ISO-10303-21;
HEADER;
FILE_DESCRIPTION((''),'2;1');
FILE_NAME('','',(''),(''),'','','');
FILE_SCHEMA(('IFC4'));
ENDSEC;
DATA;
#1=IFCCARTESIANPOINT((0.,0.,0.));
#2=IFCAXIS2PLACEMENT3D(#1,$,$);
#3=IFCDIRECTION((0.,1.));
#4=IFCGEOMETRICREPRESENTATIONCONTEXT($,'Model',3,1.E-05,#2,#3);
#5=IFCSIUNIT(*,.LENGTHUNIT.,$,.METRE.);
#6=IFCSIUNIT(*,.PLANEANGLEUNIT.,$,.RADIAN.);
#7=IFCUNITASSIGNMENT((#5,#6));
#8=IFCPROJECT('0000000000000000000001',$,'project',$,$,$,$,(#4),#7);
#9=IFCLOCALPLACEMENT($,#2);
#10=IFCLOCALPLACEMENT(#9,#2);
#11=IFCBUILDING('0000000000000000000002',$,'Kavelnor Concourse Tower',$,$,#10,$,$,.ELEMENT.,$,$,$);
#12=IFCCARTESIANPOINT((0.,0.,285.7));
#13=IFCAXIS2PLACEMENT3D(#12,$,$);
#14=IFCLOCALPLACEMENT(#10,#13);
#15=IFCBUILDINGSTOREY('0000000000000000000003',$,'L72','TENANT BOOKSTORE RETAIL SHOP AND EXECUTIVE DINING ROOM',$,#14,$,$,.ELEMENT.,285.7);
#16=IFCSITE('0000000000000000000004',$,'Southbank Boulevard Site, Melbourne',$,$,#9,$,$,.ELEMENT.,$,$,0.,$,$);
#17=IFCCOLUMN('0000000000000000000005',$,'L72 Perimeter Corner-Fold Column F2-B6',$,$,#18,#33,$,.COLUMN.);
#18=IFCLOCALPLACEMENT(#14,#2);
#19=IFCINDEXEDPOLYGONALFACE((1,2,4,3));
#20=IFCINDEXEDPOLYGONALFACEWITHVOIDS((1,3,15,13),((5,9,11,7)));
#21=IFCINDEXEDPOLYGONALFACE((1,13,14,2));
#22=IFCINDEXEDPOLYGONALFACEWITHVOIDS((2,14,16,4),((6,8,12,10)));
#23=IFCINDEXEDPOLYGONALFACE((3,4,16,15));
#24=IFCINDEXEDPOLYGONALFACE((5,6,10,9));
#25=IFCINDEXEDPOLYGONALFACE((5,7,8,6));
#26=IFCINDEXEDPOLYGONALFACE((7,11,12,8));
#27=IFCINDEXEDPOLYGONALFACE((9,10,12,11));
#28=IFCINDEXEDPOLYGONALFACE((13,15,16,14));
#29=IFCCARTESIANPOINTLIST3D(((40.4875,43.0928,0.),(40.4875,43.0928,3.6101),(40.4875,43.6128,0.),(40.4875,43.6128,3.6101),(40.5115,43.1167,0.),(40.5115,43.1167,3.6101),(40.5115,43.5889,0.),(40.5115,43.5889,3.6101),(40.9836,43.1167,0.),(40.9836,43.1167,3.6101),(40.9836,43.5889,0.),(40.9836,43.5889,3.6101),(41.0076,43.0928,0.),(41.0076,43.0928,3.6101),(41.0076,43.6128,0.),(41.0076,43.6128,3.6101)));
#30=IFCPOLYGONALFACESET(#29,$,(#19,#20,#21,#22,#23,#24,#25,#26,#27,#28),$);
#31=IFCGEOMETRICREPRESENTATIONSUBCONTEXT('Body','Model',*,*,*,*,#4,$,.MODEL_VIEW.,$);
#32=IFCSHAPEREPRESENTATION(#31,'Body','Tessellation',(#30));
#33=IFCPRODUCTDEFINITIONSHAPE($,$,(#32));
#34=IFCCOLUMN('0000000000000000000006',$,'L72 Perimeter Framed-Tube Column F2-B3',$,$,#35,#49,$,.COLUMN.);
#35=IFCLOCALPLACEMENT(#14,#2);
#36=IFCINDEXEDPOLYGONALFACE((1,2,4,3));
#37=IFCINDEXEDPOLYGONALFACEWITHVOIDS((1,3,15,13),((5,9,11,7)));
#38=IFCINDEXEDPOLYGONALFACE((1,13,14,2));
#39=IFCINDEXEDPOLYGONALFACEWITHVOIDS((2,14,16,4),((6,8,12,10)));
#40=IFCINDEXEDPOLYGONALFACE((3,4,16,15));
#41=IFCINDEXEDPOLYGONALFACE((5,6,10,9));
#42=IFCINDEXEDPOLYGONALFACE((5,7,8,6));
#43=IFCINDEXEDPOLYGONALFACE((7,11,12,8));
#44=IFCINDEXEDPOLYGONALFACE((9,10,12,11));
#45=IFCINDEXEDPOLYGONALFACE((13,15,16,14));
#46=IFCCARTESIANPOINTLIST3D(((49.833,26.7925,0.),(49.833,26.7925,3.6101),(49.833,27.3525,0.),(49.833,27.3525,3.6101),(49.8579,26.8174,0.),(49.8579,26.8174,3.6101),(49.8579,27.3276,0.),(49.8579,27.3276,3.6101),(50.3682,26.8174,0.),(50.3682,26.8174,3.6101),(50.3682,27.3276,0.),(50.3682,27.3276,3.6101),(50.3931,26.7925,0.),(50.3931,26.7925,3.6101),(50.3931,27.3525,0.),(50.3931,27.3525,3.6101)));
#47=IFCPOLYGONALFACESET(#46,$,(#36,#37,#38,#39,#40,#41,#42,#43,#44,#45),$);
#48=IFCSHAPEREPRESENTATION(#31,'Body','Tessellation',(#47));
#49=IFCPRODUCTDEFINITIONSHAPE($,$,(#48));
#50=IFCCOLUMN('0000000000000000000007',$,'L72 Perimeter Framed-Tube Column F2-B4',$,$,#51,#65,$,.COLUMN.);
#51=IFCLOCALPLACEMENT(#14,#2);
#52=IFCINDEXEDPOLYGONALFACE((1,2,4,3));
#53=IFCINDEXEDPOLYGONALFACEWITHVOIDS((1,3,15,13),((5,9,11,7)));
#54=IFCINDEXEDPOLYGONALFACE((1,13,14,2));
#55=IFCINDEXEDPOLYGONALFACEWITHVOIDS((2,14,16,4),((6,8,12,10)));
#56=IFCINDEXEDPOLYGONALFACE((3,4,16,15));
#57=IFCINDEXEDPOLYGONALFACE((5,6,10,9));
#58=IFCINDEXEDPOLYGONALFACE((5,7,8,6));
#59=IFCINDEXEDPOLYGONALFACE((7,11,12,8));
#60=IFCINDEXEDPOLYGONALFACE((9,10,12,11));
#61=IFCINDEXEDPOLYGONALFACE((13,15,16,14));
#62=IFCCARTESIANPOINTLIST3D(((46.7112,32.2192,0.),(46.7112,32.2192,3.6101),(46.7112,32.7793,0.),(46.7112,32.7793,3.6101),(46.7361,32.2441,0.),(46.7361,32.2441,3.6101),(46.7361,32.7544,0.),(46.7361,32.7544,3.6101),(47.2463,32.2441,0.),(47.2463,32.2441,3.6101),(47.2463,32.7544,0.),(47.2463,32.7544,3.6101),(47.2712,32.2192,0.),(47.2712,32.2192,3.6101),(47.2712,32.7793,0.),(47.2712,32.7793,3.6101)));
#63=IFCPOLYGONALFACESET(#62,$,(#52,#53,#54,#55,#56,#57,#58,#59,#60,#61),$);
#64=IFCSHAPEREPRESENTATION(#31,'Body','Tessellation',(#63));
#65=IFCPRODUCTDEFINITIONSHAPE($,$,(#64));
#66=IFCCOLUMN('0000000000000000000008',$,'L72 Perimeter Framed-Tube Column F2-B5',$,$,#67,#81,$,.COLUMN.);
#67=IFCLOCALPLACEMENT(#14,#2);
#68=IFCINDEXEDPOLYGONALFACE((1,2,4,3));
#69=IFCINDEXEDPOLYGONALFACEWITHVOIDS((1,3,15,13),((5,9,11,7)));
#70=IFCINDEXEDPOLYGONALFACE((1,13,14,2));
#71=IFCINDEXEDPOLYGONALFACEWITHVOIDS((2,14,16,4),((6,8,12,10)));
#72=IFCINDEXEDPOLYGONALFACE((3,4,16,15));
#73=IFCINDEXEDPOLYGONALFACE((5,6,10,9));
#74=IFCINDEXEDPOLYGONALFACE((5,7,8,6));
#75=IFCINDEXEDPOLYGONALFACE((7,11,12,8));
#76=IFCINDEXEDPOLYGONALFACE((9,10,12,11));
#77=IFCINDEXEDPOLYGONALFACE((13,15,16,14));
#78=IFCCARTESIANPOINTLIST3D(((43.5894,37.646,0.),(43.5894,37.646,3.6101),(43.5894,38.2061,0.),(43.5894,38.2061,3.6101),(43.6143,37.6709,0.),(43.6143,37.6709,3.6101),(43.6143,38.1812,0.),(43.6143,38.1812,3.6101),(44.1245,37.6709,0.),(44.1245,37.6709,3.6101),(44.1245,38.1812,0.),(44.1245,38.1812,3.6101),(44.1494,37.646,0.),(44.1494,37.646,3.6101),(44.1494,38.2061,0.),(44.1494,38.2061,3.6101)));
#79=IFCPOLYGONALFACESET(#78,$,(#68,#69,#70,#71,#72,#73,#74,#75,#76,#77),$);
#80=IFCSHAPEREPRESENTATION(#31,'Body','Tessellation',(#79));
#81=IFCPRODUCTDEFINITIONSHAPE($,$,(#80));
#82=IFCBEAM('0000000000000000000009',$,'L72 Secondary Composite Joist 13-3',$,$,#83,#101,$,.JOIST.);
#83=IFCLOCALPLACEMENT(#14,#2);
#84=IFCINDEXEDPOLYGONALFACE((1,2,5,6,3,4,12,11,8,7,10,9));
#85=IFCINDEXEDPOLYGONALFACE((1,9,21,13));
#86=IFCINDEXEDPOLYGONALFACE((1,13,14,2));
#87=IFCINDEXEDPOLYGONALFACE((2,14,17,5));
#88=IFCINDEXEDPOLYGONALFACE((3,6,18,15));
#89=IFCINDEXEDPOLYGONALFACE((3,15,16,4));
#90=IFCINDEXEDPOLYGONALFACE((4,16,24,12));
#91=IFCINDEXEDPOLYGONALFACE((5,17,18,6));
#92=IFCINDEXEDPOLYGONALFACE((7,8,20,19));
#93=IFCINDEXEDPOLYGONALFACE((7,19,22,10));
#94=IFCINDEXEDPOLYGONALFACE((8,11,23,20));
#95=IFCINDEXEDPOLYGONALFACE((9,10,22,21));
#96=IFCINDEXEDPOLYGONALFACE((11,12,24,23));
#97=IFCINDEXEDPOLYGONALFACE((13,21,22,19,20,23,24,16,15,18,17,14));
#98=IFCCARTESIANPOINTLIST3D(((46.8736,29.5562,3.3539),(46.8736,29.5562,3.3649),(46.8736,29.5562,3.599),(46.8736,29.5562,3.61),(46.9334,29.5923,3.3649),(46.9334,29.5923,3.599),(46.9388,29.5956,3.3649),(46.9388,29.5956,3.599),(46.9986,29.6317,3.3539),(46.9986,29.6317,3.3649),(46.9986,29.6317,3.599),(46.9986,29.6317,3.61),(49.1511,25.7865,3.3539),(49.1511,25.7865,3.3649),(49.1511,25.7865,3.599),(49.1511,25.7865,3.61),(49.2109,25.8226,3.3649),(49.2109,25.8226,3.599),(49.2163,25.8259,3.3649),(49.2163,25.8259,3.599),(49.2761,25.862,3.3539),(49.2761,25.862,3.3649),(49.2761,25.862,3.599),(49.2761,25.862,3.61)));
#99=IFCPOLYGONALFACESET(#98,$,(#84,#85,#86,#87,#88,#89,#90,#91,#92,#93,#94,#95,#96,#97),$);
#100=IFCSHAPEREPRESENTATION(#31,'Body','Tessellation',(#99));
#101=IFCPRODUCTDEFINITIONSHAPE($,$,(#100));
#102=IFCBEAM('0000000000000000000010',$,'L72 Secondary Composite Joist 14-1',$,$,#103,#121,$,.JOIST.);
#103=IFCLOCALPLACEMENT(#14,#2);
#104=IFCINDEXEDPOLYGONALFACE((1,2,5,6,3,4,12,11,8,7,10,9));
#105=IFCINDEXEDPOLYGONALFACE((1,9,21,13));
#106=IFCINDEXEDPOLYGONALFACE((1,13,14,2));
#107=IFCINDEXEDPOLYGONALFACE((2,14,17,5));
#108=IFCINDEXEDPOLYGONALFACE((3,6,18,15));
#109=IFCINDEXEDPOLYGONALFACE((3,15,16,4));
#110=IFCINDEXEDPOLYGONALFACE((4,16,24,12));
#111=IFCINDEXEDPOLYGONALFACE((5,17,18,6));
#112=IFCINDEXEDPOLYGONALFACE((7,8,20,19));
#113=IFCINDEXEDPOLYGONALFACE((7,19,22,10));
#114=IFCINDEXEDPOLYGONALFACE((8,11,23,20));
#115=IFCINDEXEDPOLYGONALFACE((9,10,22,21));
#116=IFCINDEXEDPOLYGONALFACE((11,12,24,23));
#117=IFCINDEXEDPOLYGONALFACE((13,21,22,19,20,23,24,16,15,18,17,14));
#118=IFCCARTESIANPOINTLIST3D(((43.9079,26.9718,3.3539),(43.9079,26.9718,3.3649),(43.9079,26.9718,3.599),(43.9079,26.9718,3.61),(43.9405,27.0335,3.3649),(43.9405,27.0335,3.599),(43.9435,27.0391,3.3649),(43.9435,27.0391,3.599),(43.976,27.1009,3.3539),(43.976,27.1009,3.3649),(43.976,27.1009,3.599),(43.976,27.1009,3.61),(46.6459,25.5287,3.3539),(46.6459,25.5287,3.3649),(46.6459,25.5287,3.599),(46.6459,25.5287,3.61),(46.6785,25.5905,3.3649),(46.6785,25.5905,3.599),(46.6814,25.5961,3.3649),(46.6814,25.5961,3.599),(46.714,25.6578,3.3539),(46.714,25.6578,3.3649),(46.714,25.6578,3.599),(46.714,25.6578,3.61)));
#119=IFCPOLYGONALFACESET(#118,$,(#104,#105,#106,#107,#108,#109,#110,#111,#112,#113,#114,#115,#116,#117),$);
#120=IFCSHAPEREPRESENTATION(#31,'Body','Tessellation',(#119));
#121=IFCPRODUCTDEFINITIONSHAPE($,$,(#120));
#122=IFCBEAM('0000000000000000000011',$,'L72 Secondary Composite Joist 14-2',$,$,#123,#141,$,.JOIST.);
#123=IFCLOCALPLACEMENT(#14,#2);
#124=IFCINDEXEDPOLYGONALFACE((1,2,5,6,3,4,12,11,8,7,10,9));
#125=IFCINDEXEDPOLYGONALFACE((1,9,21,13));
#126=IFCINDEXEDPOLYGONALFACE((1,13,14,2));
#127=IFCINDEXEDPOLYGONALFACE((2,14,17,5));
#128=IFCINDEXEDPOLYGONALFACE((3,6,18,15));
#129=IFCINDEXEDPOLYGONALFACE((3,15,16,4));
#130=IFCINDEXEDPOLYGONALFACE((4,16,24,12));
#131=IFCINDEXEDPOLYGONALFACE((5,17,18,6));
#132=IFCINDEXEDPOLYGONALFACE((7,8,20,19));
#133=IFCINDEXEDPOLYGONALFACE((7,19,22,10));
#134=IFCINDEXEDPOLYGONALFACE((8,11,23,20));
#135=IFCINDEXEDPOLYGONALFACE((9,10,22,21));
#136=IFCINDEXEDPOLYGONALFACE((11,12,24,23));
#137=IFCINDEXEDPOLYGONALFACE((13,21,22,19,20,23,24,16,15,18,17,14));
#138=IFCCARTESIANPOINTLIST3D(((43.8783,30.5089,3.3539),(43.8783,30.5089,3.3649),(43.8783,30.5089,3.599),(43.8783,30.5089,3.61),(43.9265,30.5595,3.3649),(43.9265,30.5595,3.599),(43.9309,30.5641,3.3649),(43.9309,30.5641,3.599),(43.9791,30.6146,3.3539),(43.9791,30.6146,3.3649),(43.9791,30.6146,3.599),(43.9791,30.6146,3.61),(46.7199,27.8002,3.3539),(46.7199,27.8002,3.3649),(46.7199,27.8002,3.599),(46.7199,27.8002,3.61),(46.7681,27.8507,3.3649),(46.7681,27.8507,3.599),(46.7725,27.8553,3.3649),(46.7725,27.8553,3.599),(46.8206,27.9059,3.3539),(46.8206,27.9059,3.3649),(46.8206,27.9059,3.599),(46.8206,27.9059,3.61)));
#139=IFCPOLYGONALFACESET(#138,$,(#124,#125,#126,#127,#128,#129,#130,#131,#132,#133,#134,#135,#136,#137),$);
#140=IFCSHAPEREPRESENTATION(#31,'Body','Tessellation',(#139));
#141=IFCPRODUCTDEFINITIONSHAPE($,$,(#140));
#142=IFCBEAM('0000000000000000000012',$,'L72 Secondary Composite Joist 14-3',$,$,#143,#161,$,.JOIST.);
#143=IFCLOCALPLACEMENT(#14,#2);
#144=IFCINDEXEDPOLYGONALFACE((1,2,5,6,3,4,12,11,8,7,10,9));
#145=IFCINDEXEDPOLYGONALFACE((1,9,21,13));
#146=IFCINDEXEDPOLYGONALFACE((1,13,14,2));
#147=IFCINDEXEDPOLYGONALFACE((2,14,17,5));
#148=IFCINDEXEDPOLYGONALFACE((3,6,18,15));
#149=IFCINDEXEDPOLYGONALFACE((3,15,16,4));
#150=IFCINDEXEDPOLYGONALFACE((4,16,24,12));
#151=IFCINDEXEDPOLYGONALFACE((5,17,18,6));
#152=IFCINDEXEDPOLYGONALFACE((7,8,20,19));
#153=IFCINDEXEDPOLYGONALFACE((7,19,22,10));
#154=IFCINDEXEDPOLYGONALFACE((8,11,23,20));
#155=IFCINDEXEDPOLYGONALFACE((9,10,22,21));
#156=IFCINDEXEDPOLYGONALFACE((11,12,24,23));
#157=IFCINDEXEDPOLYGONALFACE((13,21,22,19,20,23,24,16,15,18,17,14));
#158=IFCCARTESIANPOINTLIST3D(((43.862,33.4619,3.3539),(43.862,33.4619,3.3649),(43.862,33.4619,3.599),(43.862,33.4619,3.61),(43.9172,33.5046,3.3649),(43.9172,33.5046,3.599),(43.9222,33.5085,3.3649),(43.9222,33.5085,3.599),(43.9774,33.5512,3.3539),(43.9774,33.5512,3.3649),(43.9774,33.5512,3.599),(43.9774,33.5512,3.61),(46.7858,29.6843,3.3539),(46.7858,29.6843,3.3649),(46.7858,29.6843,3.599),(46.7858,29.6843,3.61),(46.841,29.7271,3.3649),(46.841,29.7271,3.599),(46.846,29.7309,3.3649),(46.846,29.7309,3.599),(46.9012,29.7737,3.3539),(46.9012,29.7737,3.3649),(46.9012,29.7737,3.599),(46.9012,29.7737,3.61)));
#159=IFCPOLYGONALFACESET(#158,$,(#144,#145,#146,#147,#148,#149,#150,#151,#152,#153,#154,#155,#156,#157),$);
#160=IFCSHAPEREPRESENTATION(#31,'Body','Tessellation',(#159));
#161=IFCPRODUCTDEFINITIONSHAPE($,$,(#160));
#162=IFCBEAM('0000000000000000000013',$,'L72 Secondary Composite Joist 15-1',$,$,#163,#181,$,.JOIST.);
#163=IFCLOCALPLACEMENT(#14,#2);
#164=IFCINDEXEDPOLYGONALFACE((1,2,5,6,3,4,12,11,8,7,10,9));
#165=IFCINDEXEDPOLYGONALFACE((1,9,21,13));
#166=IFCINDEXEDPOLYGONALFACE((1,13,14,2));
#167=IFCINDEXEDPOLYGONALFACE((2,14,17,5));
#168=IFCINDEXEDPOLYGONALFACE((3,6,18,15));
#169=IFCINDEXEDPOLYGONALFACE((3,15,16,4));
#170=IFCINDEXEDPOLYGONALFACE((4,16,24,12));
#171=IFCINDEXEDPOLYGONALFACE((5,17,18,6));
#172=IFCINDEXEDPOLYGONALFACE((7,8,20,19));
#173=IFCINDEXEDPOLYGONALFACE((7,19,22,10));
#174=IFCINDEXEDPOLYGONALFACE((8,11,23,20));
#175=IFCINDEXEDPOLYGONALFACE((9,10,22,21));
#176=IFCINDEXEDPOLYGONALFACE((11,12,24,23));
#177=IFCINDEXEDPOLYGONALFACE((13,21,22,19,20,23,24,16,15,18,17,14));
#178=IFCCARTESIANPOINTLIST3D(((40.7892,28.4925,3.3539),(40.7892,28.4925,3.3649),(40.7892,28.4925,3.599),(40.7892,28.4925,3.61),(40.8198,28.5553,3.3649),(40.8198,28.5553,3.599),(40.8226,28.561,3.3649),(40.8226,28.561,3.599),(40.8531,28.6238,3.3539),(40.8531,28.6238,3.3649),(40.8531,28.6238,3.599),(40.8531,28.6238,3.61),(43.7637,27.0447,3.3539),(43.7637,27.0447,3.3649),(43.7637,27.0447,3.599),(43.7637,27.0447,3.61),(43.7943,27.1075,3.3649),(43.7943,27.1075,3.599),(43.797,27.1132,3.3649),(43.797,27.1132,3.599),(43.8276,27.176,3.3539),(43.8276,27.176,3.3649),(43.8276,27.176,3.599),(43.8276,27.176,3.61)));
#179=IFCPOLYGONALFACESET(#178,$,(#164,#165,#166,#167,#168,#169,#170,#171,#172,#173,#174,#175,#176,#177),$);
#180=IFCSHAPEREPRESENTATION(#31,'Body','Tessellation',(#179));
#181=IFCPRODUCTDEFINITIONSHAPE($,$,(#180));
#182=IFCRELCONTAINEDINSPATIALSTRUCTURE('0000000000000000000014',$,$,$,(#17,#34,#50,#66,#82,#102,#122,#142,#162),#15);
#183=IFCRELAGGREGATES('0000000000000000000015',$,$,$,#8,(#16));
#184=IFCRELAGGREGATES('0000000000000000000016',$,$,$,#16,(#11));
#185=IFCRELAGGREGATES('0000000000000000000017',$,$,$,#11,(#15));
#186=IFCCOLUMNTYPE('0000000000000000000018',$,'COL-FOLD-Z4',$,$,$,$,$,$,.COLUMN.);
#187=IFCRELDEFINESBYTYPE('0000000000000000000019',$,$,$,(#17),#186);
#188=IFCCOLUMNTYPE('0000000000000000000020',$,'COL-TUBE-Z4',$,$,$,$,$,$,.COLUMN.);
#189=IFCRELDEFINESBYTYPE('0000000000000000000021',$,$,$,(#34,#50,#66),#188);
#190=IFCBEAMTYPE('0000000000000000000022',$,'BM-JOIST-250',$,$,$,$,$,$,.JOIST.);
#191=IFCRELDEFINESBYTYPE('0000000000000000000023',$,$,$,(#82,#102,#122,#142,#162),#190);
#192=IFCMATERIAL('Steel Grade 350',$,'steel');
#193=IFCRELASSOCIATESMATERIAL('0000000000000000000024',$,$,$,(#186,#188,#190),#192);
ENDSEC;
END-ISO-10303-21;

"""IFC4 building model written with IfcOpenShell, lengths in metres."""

from ifc_helpers import new_model, si_unit, direction, frame, origin, origin_2d, place, context, subcontext, project, spatial, hollow_rectangle, i_section, extrude, material, material_profile, profile_set, type_object, element, save


model = new_model("IFC4")

# Units and contexts
model_context = context("Model", 3, precision=1e-05, world=origin(), true_north=direction((0.0, 1.0)))
body_context = subcontext(model_context, "Body", "Model", "MODEL_VIEW")
ifc_project = project(units=[si_unit("LENGTHUNIT", "METRE"), si_unit("PLANEANGLEUNIT", "RADIAN")], contexts=[model_context])

# Site, building, storey
site_placement = place(None, origin())
site = spatial("IfcSite", under=ifc_project, at=site_placement, Name="Southbank Boulevard Site, Melbourne", CompositionType="ELEMENT", RefElevation=0.0)
building_placement = place(site_placement, origin())
building = spatial("IfcBuilding", under=site, at=building_placement, Name="Kavelnor Concourse Tower", CompositionType="ELEMENT")
storey_placement = place(building_placement, frame((0.0, 0.0, 285.7)))
storey = spatial("IfcBuildingStorey", under=building, at=storey_placement, Name="L72", Description="TENANT BOOKSTORE RETAIL SHOP AND EXECUTIVE DINING ROOM", CompositionType="ELEMENT", Elevation=285.7)

# Columns
ifc_material_1 = material(Name="Steel Grade 350", Category="steel")
ifc_material_profile_1 = material_profile(ifc_material_1, hollow_rectangle(XDim=0.52, YDim=0.52, WallThickness=0.0239, at=origin_2d()), Name="SHS 520x520x24")
ifc_profile_set_1 = profile_set([ifc_material_profile_1], Name="Steel Grade 350")
column_type_1 = type_object("IfcColumnType", Name="COL-FOLD-Z4", PredefinedType="COLUMN", material=ifc_profile_set_1)
column_placement = place(storey_placement, frame((40.7476, 43.3528, 0.0), z_axis=(0.0, 0.0, 1.0), x_axis=(1.0, 0.0, 0.0)))
element("IfcColumn", 1, at=column_placement, inside=storey, type_object=column_type_1, Name="L72 Perimeter Corner-Fold Column F2-B6", PredefinedType="COLUMN", context=body_context, shape_type="SweptSolid", body=[
    extrude(hollow_rectangle(XDim=0.52, YDim=0.52, WallThickness=0.0239, at=origin_2d()), origin(), (0.0, 0.0, 1.0), 3.6101),
])
ifc_material_profile_2 = material_profile(ifc_material_1, hollow_rectangle(XDim=0.5601, YDim=0.5601, WallThickness=0.0249, at=origin_2d()), Name="SHS 560x560x25")
ifc_profile_set_2 = profile_set([ifc_material_profile_2], Name="Steel Grade 350")
column_type_2 = type_object("IfcColumnType", Name="COL-TUBE-Z4", PredefinedType="COLUMN", material=ifc_profile_set_2)
for number, where, z_axis, x_axis, name in (
    (2, (50.113, 27.0725, 0.0), (0.0, 0.0, 1.0), (1.0, 0.0, 0.0), "L72 Perimeter Framed-Tube Column F2-B3"),
    (3, (46.9912, 32.4993, 0.0), (0.0, 0.0, 1.0), (1.0, 0.0, 0.0), "L72 Perimeter Framed-Tube Column F2-B4"),
    (4, (43.8694, 37.926, 0.0), (0.0, 0.0, 1.0), (1.0, 0.0, 0.0), "L72 Perimeter Framed-Tube Column F2-B5"),
):
    element("IfcColumn", number, at=place(storey_placement, frame(where, z_axis=z_axis, x_axis=x_axis)), inside=storey, type_object=column_type_2, Name=name, PredefinedType="COLUMN", context=body_context, shape_type="SweptSolid", body=[
        extrude(hollow_rectangle(XDim=0.5601, YDim=0.5601, WallThickness=0.0249, at=origin_2d()), origin(), (0.0, 0.0, 1.0), 3.6101),
    ])

# Beams
ifc_material_profile_3 = material_profile(ifc_material_1, i_section(OverallWidth=0.146, OverallDepth=0.2561, WebThickness=0.0063, FlangeThickness=0.011, at=origin_2d()), Name="250UB37")
ifc_profile_set_3 = profile_set([ifc_material_profile_3], Name="Steel Grade 350")
beam_type_1 = type_object("IfcBeamType", Name="BM-JOIST-250", PredefinedType="JOIST", material=ifc_profile_set_3)
beam_1_placement = place(storey_placement, frame((49.2136, 25.8242, 3.4819), z_axis=(-0.517118, 0.855914, 0.0), x_axis=(-0.855914, -0.517118, 0.0)))
element("IfcBeam", 5, at=beam_1_placement, inside=storey, type_object=beam_type_1, Name="L72 Secondary Composite Joist 13-3", PredefinedType="JOIST", context=body_context, shape_type="SweptSolid", body=[
    extrude(i_section(OverallWidth=0.146, OverallDepth=0.2561, WebThickness=0.0063, FlangeThickness=0.011, at=origin_2d()), origin(), (0.0, 0.0, 1.0), 4.4043),
])
beam_2_placement = place(storey_placement, frame((46.6799, 25.5933, 3.4819), z_axis=(-0.884646, 0.466263, 0.0), x_axis=(-0.466263, -0.884646, 0.0)))
element("IfcBeam", 6, at=beam_2_placement, inside=storey, type_object=beam_type_1, Name="L72 Secondary Composite Joist 14-1", PredefinedType="JOIST", context=body_context, shape_type="SweptSolid", body=[
    extrude(i_section(OverallWidth=0.146, OverallDepth=0.2561, WebThickness=0.0063, FlangeThickness=0.011, at=origin_2d()), origin(), (0.0, 0.0, 1.0), 3.095),
])
beam_3_placement = place(storey_placement, frame((46.7703, 27.853, 3.4819), z_axis=(-0.72382, 0.689989, 0.0), x_axis=(-0.689989, -0.72382, 0.0)))
element("IfcBeam", 7, at=beam_3_placement, inside=storey, type_object=beam_type_1, Name="L72 Secondary Composite Joist 14-2", PredefinedType="JOIST", context=body_context, shape_type="SweptSolid", body=[
    extrude(i_section(OverallWidth=0.146, OverallDepth=0.2561, WebThickness=0.0063, FlangeThickness=0.011, at=origin_2d()), origin(), (0.0, 0.0, 1.0), 3.9258),
])
beam_4_placement = place(storey_placement, frame((46.8435, 29.729, 3.4819), z_axis=(-0.612074, 0.7908, 0.0), x_axis=(-0.7908, -0.612074, 0.0)))
element("IfcBeam", 8, at=beam_4_placement, inside=storey, type_object=beam_type_1, Name="L72 Secondary Composite Joist 14-3", PredefinedType="JOIST", context=body_context, shape_type="SweptSolid", body=[
    extrude(i_section(OverallWidth=0.146, OverallDepth=0.2561, WebThickness=0.0063, FlangeThickness=0.011, at=origin_2d()), origin(), (0.0, 0.0, 1.0), 4.7769),
])
beam_5_placement = place(storey_placement, frame((43.7957, 27.1104, 3.4819), z_axis=(-0.899144, 0.437653, 0.0), x_axis=(-0.437653, -0.899144, 0.0)))
element("IfcBeam", 9, at=beam_5_placement, inside=storey, type_object=beam_type_1, Name="L72 Secondary Composite Joist 15-1", PredefinedType="JOIST", context=body_context, shape_type="SweptSolid", body=[
    extrude(i_section(OverallWidth=0.146, OverallDepth=0.2561, WebThickness=0.0063, FlangeThickness=0.011, at=origin_2d()), origin(), (0.0, 0.0, 1.0), 3.3081),
])

save(model, "model.ifc")
